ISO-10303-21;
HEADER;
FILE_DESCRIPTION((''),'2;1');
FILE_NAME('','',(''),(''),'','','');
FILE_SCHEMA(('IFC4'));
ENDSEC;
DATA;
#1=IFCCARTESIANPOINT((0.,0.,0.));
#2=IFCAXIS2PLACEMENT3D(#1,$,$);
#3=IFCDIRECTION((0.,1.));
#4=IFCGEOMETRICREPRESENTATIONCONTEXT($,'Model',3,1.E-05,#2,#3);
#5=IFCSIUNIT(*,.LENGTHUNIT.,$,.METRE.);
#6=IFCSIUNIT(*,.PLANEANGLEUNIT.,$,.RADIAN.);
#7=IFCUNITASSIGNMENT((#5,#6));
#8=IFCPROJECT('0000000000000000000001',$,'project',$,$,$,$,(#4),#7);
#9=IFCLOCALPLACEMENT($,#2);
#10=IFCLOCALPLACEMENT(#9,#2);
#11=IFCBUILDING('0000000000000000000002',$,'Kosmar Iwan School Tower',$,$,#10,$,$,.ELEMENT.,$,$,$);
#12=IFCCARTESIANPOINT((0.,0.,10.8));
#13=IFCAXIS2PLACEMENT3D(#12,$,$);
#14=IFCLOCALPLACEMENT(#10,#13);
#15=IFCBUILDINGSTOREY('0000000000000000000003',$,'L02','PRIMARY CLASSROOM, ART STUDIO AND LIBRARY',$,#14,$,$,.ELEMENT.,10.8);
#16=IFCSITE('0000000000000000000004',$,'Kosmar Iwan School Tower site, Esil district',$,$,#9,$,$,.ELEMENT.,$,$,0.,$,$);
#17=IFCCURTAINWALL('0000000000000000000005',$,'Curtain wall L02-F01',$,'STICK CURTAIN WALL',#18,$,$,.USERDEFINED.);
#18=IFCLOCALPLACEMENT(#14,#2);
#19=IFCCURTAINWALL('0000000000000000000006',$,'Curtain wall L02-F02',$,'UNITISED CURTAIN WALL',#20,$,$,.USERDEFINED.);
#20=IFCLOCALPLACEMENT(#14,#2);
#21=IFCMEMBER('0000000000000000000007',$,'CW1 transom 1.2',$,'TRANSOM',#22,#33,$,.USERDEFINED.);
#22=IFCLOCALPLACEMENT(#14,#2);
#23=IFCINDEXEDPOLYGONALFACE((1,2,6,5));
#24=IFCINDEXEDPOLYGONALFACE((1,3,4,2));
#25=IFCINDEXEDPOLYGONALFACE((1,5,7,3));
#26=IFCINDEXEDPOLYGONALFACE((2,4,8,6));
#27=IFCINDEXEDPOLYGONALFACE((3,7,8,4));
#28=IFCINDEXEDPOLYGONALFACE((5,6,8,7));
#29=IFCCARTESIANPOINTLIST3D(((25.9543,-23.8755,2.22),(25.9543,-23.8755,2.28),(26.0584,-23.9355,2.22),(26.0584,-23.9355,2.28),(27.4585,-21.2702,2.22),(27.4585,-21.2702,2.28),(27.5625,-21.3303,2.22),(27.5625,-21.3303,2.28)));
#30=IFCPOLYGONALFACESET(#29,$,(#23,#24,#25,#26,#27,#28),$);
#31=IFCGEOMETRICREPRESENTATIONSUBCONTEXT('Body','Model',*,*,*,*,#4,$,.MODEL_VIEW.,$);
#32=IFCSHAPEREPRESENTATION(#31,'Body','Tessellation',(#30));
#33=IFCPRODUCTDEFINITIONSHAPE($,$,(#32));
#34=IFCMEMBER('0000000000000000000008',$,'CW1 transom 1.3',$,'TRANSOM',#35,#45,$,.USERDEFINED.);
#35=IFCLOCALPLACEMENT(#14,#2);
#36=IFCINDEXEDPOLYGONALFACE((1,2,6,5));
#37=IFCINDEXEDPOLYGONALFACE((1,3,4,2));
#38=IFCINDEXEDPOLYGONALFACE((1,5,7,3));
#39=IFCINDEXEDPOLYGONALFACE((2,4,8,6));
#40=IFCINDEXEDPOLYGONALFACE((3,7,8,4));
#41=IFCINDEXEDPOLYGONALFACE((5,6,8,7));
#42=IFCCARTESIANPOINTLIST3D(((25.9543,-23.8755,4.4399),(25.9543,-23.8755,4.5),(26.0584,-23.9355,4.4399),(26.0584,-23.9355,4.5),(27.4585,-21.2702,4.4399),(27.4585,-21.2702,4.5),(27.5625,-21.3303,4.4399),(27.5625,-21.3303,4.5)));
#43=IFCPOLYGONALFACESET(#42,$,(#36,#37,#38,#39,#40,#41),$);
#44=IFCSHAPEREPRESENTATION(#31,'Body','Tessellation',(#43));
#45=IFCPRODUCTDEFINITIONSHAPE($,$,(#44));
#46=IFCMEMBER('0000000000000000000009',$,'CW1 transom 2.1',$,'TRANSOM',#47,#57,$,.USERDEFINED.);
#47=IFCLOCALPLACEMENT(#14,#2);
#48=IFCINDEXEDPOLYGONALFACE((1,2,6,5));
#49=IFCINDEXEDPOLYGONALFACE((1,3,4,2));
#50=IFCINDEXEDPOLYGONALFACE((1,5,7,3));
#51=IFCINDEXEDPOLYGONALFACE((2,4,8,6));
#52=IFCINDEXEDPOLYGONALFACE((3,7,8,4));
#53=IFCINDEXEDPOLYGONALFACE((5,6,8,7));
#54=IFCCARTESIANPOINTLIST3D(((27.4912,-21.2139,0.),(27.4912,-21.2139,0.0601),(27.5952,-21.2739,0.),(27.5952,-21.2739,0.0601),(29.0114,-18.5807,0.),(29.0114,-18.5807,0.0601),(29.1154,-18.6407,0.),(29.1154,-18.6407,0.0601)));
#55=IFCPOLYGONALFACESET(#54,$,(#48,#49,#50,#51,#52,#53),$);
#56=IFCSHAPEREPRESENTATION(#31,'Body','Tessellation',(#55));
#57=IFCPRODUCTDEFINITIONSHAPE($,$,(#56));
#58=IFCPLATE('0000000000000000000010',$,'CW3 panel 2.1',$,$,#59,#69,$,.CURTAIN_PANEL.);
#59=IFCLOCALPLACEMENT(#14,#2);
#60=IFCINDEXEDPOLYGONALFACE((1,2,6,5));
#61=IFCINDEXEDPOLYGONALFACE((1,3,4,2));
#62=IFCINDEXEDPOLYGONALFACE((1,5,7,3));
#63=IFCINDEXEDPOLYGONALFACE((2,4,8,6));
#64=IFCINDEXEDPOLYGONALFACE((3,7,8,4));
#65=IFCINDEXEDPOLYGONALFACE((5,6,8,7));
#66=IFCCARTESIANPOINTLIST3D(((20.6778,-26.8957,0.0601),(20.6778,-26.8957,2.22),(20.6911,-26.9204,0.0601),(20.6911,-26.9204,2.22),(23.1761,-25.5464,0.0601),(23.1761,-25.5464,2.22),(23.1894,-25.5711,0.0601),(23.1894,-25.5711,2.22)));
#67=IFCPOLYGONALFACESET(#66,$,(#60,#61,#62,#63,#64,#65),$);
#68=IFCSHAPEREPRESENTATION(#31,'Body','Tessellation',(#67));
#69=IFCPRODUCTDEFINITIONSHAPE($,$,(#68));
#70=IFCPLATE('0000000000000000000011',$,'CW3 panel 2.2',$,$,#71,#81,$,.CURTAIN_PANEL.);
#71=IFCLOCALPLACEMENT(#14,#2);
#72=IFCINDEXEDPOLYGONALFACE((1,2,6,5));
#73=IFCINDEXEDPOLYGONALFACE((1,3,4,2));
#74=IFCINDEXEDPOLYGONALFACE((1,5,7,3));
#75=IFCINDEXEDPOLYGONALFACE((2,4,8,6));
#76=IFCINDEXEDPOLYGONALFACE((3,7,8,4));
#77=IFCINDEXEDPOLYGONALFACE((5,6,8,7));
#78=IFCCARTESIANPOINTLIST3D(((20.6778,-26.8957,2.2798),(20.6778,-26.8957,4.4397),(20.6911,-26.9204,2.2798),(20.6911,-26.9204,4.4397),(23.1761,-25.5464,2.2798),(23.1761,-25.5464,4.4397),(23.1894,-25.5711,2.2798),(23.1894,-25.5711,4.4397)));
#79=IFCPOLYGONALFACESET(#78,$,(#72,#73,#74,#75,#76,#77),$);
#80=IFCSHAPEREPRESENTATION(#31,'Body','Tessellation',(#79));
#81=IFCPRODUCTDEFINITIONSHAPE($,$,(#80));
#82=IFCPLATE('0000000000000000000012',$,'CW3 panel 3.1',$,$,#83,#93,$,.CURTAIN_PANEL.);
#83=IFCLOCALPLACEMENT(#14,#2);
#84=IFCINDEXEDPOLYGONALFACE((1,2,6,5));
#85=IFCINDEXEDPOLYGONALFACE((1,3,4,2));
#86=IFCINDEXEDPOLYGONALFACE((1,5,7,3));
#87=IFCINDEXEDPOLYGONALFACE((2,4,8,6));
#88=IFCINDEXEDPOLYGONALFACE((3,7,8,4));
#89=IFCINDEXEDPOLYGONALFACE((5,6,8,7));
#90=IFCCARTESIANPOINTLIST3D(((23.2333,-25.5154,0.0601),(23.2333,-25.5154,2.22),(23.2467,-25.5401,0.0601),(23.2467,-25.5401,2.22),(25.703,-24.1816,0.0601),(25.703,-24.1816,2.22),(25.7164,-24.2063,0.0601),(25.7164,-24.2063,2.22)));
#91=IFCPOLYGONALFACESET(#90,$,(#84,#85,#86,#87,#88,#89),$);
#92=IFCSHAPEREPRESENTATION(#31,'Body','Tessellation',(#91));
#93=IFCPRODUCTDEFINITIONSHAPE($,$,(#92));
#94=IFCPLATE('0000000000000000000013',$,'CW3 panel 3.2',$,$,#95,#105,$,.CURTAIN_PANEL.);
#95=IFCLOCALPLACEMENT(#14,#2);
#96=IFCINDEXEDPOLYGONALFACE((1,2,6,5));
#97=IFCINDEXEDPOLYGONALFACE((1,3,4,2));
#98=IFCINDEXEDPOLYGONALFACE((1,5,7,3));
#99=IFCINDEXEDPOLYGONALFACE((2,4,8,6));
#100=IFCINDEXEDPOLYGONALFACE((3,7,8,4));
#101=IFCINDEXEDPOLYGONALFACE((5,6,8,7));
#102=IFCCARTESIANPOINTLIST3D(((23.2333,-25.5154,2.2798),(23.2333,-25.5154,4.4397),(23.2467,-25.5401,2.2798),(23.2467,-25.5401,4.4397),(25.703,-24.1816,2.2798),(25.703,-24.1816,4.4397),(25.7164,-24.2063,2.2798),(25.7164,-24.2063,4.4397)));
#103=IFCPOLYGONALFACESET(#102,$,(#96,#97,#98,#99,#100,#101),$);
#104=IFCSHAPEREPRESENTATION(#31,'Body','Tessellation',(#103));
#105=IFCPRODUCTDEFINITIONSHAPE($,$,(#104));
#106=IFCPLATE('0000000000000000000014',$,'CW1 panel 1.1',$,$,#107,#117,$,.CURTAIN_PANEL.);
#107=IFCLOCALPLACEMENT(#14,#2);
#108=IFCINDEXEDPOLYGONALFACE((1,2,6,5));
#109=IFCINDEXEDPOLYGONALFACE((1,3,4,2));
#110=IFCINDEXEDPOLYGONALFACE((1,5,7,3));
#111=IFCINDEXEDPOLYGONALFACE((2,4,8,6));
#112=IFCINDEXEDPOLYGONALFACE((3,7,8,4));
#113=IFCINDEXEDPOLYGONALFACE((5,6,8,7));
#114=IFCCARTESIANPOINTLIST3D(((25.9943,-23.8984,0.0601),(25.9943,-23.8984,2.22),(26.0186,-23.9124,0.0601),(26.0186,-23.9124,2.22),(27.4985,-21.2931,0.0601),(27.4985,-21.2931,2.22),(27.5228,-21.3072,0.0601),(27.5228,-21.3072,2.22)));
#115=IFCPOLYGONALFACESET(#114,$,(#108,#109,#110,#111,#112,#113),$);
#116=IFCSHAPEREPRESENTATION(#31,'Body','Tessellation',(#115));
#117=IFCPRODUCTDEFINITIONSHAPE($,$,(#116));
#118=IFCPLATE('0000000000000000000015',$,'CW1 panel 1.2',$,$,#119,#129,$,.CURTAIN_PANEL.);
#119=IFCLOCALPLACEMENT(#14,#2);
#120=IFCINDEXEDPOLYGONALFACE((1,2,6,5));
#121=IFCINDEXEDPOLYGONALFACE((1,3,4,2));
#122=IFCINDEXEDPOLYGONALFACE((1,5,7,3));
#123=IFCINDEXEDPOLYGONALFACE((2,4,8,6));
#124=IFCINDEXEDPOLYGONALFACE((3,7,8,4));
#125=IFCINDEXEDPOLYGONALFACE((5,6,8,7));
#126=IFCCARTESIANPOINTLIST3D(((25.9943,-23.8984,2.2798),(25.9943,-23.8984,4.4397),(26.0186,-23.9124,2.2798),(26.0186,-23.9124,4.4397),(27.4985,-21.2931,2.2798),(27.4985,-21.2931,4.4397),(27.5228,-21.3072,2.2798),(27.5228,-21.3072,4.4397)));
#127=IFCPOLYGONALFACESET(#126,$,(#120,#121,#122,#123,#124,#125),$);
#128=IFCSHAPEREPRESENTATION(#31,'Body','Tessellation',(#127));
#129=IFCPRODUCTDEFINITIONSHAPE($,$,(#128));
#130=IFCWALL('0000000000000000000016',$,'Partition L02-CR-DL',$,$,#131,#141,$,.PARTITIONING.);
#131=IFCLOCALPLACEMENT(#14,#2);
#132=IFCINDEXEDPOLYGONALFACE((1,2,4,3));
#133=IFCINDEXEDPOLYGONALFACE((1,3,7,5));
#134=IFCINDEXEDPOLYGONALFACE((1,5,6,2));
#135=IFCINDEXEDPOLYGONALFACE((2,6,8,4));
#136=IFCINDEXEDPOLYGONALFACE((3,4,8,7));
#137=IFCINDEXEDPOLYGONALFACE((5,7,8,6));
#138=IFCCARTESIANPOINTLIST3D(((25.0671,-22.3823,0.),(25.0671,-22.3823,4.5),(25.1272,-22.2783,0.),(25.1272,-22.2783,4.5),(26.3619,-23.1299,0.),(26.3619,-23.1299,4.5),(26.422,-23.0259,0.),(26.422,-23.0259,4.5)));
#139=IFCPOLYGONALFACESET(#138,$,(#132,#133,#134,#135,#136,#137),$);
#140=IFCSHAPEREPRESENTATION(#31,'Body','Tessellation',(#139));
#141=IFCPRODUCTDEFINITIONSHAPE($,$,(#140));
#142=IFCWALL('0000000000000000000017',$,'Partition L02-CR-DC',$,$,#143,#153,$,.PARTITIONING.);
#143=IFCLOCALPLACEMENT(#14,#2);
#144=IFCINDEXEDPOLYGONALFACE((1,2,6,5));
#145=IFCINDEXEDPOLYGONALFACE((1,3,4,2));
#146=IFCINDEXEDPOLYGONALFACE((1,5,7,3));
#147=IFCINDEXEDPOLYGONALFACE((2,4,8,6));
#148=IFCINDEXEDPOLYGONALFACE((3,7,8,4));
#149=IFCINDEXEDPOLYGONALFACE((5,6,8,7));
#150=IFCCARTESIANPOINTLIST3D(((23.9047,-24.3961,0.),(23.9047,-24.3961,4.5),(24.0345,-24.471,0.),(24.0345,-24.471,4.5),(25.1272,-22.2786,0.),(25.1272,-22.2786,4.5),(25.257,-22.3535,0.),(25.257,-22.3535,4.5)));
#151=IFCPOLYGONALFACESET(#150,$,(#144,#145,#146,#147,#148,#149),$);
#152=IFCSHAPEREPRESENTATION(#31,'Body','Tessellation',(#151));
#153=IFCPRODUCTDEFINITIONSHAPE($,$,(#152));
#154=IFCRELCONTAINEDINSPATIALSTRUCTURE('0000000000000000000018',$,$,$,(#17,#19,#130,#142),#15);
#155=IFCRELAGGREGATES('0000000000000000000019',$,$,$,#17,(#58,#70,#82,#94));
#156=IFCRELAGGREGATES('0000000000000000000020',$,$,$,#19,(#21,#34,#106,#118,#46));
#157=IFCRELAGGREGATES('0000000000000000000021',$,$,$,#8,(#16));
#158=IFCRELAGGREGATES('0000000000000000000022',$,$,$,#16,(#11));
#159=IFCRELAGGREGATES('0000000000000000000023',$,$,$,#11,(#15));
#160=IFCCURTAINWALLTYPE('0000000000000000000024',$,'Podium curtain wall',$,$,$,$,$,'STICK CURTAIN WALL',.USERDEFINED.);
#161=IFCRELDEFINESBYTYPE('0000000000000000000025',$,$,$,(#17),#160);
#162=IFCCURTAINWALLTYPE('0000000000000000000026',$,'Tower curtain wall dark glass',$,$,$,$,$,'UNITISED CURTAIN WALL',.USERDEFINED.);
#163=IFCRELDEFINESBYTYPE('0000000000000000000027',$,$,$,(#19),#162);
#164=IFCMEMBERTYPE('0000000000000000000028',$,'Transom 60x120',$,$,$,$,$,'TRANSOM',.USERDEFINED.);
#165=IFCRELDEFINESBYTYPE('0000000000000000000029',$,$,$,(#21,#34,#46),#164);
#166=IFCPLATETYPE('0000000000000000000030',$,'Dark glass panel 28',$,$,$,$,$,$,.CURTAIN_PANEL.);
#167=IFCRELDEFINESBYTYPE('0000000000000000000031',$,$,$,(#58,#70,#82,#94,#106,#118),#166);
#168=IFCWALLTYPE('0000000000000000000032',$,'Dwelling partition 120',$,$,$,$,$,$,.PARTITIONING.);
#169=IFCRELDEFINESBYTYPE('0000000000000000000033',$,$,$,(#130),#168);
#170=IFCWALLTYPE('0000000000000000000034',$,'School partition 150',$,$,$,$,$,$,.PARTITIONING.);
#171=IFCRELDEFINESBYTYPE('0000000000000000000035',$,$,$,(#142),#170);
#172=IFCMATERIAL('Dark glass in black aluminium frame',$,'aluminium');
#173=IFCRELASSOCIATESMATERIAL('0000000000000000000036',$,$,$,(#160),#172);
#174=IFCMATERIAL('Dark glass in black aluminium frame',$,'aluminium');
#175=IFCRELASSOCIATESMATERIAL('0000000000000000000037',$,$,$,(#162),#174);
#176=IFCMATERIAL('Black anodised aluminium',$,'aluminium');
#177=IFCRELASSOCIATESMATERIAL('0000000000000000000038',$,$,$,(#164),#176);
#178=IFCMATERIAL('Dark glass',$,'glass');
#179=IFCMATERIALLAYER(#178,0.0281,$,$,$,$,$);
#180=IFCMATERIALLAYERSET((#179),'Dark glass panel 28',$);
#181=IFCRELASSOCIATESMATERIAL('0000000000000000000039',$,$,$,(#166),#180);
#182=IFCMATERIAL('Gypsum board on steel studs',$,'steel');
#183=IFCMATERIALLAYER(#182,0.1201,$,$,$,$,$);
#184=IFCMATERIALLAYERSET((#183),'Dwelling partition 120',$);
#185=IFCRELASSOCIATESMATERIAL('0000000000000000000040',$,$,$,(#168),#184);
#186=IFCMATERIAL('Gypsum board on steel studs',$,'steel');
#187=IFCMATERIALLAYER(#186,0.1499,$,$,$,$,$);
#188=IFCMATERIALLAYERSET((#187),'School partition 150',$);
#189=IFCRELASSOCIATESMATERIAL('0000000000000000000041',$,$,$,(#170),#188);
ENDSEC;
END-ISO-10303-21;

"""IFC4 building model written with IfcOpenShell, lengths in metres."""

from ifc_helpers import new_model, si_unit, direction, frame, frame_2d, origin, origin_2d, place, context, subcontext, project, spatial, rectangle, extrude, material, layer, layer_set, material_profile, profile_set, type_object, element, aggregate, save


model = new_model("IFC4")

# Units and contexts
model_context = context("Model", 3, precision=1e-05, world=origin(), true_north=direction((0.0, 1.0)))
body_context = subcontext(model_context, "Body", "Model", "MODEL_VIEW")
ifc_project = project(units=[si_unit("LENGTHUNIT", "METRE"), si_unit("PLANEANGLEUNIT", "RADIAN")], contexts=[model_context])

# Site, building, storey
site_placement = place(None, origin())
site = spatial("IfcSite", under=ifc_project, at=site_placement, Name="Kosmar Iwan School Tower site, Esil district", CompositionType="ELEMENT", RefElevation=0.0)
building_placement = place(site_placement, origin())
building = spatial("IfcBuilding", under=site, at=building_placement, Name="Kosmar Iwan School Tower", CompositionType="ELEMENT")
storey_placement = place(building_placement, frame((0.0, 0.0, 10.8)))
storey = spatial("IfcBuildingStorey", under=building, at=storey_placement, Name="L02", Description="PRIMARY CLASSROOM, ART STUDIO AND LIBRARY", CompositionType="ELEMENT", Elevation=10.8)

# Curtain walls
ifc_material_1 = material(Name="Dark glass in black aluminium frame", Category="aluminium")
curtain_wall_type_1 = type_object("IfcCurtainWallType", Name="Podium curtain wall", ElementType="STICK CURTAIN WALL", PredefinedType="USERDEFINED", material=ifc_material_1)
curtain_wall_1_placement = place(storey_placement, origin())
curtain_wall_1 = element("IfcCurtainWall", 1, at=curtain_wall_1_placement, inside=storey, type_object=curtain_wall_type_1, Name="Curtain wall L02-F01", ObjectType="STICK CURTAIN WALL", PredefinedType="USERDEFINED")
ifc_material_2 = material(Name="Dark glass in black aluminium frame", Category="aluminium")
curtain_wall_type_2 = type_object("IfcCurtainWallType", Name="Tower curtain wall dark glass", ElementType="UNITISED CURTAIN WALL", PredefinedType="USERDEFINED", material=ifc_material_2)
curtain_wall_2_placement = place(storey_placement, origin())
curtain_wall_2 = element("IfcCurtainWall", 2, at=curtain_wall_2_placement, inside=storey, type_object=curtain_wall_type_2, Name="Curtain wall L02-F02", ObjectType="UNITISED CURTAIN WALL", PredefinedType="USERDEFINED")

# Members
ifc_material_3 = material(Name="Black anodised aluminium", Category="aluminium")
ifc_material_profile_1 = material_profile(ifc_material_3, rectangle(XDim=0.1201, YDim=0.0601, at=origin_2d()), Name="TRANSOM 60x120")
ifc_profile_set_1 = profile_set([ifc_material_profile_1], Name="Black anodised aluminium")
member_type_1 = type_object("IfcMemberType", Name="Transom 60x120", ElementType="TRANSOM", PredefinedType="USERDEFINED", material=ifc_profile_set_1)
member_1_placement = place(storey_placement, frame((26.0063, -23.9055, 2.25), z_axis=(0.500006, 0.866022, 0.0), x_axis=(-0.866022, 0.500006, 0.0)))
member_1 = element("IfcMember", 3, at=member_1_placement, type_object=member_type_1, Name="CW1 transom 1.2", ObjectType="TRANSOM", PredefinedType="USERDEFINED", context=body_context, shape_type="SweptSolid", body=[
    extrude(rectangle(XDim=0.1201, YDim=0.0601, at=origin_2d()), origin(), (0.0, 0.0, 1.0), 3.0083),
])
member_2_placement = place(storey_placement, frame((26.0063, -23.9055, 4.47), z_axis=(0.500006, 0.866022, 0.0), x_axis=(-0.866022, 0.500006, 0.0)))
member_2 = element("IfcMember", 4, at=member_2_placement, type_object=member_type_1, Name="CW1 transom 1.3", ObjectType="TRANSOM", PredefinedType="USERDEFINED", context=body_context, shape_type="SweptSolid", body=[
    extrude(rectangle(XDim=0.1201, YDim=0.0601, at=origin_2d()), origin(), (0.0, 0.0, 1.0), 3.0083),
])
member_3_placement = place(storey_placement, frame((27.5432, -21.2439, 0.03), z_axis=(0.499982, 0.866036, 0.0), x_axis=(-0.866036, 0.499982, 0.0)))
member_3 = element("IfcMember", 5, at=member_3_placement, type_object=member_type_1, Name="CW1 transom 2.1", ObjectType="TRANSOM", PredefinedType="USERDEFINED", context=body_context, shape_type="SweptSolid", body=[
    extrude(rectangle(XDim=0.1201, YDim=0.0601, at=origin_2d()), origin(), (0.0, 0.0, 1.0), 3.0405),
])

# Plates
ifc_material_4 = material(Name="Dark glass", Category="glass")
ifc_layer_1 = layer(ifc_material_4, 0.0281)
ifc_layer_set_1 = layer_set([ifc_layer_1], Name="Dark glass panel 28")
plate_type = type_object("IfcPlateType", Name="Dark glass panel 28", PredefinedType="CURTAIN_PANEL", material=ifc_layer_set_1)
plate_1_placement = place(storey_placement, frame((21.9336, -26.2334, 0.0601), z_axis=(0.0, 0.0, 1.0), x_axis=(0.879869, 0.475215, 0.0)))
plate_1 = element("IfcPlate", 6, at=plate_1_placement, type_object=plate_type, Name="CW3 panel 2.1", PredefinedType="CURTAIN_PANEL", context=body_context, shape_type="SweptSolid", body=[
    extrude(rectangle(XDim=2.8394, YDim=0.0281, at=origin_2d()), origin(), (0.0, 0.0, 1.0), 2.1599),
])
plate_2_placement = place(storey_placement, frame((21.9336, -26.2334, 2.2798), z_axis=(0.0, 0.0, 1.0), x_axis=(0.879869, 0.475215, 0.0)))
plate_2 = element("IfcPlate", 7, at=plate_2_placement, type_object=plate_type, Name="CW3 panel 2.2", PredefinedType="CURTAIN_PANEL", context=body_context, shape_type="SweptSolid", body=[
    extrude(rectangle(XDim=2.8394, YDim=0.0281, at=origin_2d()), origin(), (0.0, 0.0, 1.0), 2.1599),
])
plate_3_placement = place(storey_placement, frame((24.4749, -24.8608, 0.0601), z_axis=(0.0, 0.0, 1.0), x_axis=(0.879869, 0.475215, 0.0)))
plate_3 = element("IfcPlate", 8, at=plate_3_placement, type_object=plate_type, Name="CW3 panel 3.1", PredefinedType="CURTAIN_PANEL", context=body_context, shape_type="SweptSolid", body=[
    extrude(rectangle(XDim=2.8069, YDim=0.0281, at=origin_2d()), origin(), (0.0, 0.0, 1.0), 2.1599),
])
plate_4_placement = place(storey_placement, frame((24.4749, -24.8608, 2.2798), z_axis=(0.0, 0.0, 1.0), x_axis=(0.879869, 0.475215, 0.0)))
plate_4 = element("IfcPlate", 9, at=plate_4_placement, type_object=plate_type, Name="CW3 panel 3.2", PredefinedType="CURTAIN_PANEL", context=body_context, shape_type="SweptSolid", body=[
    extrude(rectangle(XDim=2.8069, YDim=0.0281, at=origin_2d()), origin(), (0.0, 0.0, 1.0), 2.1599),
])
aggregate(curtain_wall_1, [plate_1, plate_2, plate_3, plate_4])
plate_5_placement = place(storey_placement, frame((26.7585, -22.6028, 0.0601), z_axis=(0.0, 0.0, 1.0), x_axis=(0.5, 0.866025, 0.0)))
plate_5 = element("IfcPlate", 10, at=plate_5_placement, type_object=plate_type, Name="CW1 panel 1.1", PredefinedType="CURTAIN_PANEL", context=body_context, shape_type="SweptSolid", body=[
    extrude(rectangle(XDim=3.0083, YDim=0.0281, at=origin_2d()), origin(), (0.0, 0.0, 1.0), 2.1599),
])
plate_6_placement = place(storey_placement, frame((26.7585, -22.6028, 2.2798), z_axis=(0.0, 0.0, 1.0), x_axis=(0.5, 0.866025, 0.0)))
plate_6 = element("IfcPlate", 11, at=plate_6_placement, type_object=plate_type, Name="CW1 panel 1.2", PredefinedType="CURTAIN_PANEL", context=body_context, shape_type="SweptSolid", body=[
    extrude(rectangle(XDim=3.0083, YDim=0.0281, at=origin_2d()), origin(), (0.0, 0.0, 1.0), 2.1599),
])
aggregate(curtain_wall_2, [member_1, member_2, plate_5, plate_6, member_3])

# Walls
ifc_material_5 = material(Name="Gypsum board on steel studs", Category="steel")
ifc_layer_2 = layer(ifc_material_5, 0.1201)
ifc_layer_set_2 = layer_set([ifc_layer_2], Name="Dwelling partition 120")
wall_type_1 = type_object("IfcWallType", Name="Dwelling partition 120", PredefinedType="PARTITIONING", material=ifc_layer_set_2)
wall_1_placement = place(storey_placement, frame((25.0972, -22.3303, 0.0), z_axis=(0.0, 0.0, 1.0), x_axis=(0.866003, -0.500038, 0.0)))
element("IfcWall", 12, at=wall_1_placement, inside=storey, type_object=wall_type_1, Name="Partition L02-CR-DL", PredefinedType="PARTITIONING", context=body_context, shape_type="SweptSolid", body=[
    extrude(rectangle(XDim=1.4951, YDim=0.1201, at=frame_2d((0.7476, 0.0))), origin(), (0.0, 0.0, 1.0), 4.5),
])
ifc_material_6 = material(Name="Gypsum board on steel studs", Category="steel")
ifc_layer_3 = layer(ifc_material_6, 0.1499)
ifc_layer_set_3 = layer_set([ifc_layer_3], Name="School partition 150")
wall_type_2 = type_object("IfcWallType", Name="School partition 150", PredefinedType="PARTITIONING", material=ifc_layer_set_3)
wall_2_placement = place(storey_placement, frame((25.1921, -22.3159, 0.0), z_axis=(0.0, 0.0, 1.0), x_axis=(-0.499973, -0.866041, 0.0)))
element("IfcWall", 13, at=wall_2_placement, inside=storey, type_object=wall_type_2, Name="Partition L02-CR-DC", PredefinedType="PARTITIONING", context=body_context, shape_type="SweptSolid", body=[
    extrude(rectangle(XDim=2.4451, YDim=0.1499, at=frame_2d((1.2227, 0.0))), origin(), (0.0, 0.0, 1.0), 4.5),
])

save(model, "model.ifc")
